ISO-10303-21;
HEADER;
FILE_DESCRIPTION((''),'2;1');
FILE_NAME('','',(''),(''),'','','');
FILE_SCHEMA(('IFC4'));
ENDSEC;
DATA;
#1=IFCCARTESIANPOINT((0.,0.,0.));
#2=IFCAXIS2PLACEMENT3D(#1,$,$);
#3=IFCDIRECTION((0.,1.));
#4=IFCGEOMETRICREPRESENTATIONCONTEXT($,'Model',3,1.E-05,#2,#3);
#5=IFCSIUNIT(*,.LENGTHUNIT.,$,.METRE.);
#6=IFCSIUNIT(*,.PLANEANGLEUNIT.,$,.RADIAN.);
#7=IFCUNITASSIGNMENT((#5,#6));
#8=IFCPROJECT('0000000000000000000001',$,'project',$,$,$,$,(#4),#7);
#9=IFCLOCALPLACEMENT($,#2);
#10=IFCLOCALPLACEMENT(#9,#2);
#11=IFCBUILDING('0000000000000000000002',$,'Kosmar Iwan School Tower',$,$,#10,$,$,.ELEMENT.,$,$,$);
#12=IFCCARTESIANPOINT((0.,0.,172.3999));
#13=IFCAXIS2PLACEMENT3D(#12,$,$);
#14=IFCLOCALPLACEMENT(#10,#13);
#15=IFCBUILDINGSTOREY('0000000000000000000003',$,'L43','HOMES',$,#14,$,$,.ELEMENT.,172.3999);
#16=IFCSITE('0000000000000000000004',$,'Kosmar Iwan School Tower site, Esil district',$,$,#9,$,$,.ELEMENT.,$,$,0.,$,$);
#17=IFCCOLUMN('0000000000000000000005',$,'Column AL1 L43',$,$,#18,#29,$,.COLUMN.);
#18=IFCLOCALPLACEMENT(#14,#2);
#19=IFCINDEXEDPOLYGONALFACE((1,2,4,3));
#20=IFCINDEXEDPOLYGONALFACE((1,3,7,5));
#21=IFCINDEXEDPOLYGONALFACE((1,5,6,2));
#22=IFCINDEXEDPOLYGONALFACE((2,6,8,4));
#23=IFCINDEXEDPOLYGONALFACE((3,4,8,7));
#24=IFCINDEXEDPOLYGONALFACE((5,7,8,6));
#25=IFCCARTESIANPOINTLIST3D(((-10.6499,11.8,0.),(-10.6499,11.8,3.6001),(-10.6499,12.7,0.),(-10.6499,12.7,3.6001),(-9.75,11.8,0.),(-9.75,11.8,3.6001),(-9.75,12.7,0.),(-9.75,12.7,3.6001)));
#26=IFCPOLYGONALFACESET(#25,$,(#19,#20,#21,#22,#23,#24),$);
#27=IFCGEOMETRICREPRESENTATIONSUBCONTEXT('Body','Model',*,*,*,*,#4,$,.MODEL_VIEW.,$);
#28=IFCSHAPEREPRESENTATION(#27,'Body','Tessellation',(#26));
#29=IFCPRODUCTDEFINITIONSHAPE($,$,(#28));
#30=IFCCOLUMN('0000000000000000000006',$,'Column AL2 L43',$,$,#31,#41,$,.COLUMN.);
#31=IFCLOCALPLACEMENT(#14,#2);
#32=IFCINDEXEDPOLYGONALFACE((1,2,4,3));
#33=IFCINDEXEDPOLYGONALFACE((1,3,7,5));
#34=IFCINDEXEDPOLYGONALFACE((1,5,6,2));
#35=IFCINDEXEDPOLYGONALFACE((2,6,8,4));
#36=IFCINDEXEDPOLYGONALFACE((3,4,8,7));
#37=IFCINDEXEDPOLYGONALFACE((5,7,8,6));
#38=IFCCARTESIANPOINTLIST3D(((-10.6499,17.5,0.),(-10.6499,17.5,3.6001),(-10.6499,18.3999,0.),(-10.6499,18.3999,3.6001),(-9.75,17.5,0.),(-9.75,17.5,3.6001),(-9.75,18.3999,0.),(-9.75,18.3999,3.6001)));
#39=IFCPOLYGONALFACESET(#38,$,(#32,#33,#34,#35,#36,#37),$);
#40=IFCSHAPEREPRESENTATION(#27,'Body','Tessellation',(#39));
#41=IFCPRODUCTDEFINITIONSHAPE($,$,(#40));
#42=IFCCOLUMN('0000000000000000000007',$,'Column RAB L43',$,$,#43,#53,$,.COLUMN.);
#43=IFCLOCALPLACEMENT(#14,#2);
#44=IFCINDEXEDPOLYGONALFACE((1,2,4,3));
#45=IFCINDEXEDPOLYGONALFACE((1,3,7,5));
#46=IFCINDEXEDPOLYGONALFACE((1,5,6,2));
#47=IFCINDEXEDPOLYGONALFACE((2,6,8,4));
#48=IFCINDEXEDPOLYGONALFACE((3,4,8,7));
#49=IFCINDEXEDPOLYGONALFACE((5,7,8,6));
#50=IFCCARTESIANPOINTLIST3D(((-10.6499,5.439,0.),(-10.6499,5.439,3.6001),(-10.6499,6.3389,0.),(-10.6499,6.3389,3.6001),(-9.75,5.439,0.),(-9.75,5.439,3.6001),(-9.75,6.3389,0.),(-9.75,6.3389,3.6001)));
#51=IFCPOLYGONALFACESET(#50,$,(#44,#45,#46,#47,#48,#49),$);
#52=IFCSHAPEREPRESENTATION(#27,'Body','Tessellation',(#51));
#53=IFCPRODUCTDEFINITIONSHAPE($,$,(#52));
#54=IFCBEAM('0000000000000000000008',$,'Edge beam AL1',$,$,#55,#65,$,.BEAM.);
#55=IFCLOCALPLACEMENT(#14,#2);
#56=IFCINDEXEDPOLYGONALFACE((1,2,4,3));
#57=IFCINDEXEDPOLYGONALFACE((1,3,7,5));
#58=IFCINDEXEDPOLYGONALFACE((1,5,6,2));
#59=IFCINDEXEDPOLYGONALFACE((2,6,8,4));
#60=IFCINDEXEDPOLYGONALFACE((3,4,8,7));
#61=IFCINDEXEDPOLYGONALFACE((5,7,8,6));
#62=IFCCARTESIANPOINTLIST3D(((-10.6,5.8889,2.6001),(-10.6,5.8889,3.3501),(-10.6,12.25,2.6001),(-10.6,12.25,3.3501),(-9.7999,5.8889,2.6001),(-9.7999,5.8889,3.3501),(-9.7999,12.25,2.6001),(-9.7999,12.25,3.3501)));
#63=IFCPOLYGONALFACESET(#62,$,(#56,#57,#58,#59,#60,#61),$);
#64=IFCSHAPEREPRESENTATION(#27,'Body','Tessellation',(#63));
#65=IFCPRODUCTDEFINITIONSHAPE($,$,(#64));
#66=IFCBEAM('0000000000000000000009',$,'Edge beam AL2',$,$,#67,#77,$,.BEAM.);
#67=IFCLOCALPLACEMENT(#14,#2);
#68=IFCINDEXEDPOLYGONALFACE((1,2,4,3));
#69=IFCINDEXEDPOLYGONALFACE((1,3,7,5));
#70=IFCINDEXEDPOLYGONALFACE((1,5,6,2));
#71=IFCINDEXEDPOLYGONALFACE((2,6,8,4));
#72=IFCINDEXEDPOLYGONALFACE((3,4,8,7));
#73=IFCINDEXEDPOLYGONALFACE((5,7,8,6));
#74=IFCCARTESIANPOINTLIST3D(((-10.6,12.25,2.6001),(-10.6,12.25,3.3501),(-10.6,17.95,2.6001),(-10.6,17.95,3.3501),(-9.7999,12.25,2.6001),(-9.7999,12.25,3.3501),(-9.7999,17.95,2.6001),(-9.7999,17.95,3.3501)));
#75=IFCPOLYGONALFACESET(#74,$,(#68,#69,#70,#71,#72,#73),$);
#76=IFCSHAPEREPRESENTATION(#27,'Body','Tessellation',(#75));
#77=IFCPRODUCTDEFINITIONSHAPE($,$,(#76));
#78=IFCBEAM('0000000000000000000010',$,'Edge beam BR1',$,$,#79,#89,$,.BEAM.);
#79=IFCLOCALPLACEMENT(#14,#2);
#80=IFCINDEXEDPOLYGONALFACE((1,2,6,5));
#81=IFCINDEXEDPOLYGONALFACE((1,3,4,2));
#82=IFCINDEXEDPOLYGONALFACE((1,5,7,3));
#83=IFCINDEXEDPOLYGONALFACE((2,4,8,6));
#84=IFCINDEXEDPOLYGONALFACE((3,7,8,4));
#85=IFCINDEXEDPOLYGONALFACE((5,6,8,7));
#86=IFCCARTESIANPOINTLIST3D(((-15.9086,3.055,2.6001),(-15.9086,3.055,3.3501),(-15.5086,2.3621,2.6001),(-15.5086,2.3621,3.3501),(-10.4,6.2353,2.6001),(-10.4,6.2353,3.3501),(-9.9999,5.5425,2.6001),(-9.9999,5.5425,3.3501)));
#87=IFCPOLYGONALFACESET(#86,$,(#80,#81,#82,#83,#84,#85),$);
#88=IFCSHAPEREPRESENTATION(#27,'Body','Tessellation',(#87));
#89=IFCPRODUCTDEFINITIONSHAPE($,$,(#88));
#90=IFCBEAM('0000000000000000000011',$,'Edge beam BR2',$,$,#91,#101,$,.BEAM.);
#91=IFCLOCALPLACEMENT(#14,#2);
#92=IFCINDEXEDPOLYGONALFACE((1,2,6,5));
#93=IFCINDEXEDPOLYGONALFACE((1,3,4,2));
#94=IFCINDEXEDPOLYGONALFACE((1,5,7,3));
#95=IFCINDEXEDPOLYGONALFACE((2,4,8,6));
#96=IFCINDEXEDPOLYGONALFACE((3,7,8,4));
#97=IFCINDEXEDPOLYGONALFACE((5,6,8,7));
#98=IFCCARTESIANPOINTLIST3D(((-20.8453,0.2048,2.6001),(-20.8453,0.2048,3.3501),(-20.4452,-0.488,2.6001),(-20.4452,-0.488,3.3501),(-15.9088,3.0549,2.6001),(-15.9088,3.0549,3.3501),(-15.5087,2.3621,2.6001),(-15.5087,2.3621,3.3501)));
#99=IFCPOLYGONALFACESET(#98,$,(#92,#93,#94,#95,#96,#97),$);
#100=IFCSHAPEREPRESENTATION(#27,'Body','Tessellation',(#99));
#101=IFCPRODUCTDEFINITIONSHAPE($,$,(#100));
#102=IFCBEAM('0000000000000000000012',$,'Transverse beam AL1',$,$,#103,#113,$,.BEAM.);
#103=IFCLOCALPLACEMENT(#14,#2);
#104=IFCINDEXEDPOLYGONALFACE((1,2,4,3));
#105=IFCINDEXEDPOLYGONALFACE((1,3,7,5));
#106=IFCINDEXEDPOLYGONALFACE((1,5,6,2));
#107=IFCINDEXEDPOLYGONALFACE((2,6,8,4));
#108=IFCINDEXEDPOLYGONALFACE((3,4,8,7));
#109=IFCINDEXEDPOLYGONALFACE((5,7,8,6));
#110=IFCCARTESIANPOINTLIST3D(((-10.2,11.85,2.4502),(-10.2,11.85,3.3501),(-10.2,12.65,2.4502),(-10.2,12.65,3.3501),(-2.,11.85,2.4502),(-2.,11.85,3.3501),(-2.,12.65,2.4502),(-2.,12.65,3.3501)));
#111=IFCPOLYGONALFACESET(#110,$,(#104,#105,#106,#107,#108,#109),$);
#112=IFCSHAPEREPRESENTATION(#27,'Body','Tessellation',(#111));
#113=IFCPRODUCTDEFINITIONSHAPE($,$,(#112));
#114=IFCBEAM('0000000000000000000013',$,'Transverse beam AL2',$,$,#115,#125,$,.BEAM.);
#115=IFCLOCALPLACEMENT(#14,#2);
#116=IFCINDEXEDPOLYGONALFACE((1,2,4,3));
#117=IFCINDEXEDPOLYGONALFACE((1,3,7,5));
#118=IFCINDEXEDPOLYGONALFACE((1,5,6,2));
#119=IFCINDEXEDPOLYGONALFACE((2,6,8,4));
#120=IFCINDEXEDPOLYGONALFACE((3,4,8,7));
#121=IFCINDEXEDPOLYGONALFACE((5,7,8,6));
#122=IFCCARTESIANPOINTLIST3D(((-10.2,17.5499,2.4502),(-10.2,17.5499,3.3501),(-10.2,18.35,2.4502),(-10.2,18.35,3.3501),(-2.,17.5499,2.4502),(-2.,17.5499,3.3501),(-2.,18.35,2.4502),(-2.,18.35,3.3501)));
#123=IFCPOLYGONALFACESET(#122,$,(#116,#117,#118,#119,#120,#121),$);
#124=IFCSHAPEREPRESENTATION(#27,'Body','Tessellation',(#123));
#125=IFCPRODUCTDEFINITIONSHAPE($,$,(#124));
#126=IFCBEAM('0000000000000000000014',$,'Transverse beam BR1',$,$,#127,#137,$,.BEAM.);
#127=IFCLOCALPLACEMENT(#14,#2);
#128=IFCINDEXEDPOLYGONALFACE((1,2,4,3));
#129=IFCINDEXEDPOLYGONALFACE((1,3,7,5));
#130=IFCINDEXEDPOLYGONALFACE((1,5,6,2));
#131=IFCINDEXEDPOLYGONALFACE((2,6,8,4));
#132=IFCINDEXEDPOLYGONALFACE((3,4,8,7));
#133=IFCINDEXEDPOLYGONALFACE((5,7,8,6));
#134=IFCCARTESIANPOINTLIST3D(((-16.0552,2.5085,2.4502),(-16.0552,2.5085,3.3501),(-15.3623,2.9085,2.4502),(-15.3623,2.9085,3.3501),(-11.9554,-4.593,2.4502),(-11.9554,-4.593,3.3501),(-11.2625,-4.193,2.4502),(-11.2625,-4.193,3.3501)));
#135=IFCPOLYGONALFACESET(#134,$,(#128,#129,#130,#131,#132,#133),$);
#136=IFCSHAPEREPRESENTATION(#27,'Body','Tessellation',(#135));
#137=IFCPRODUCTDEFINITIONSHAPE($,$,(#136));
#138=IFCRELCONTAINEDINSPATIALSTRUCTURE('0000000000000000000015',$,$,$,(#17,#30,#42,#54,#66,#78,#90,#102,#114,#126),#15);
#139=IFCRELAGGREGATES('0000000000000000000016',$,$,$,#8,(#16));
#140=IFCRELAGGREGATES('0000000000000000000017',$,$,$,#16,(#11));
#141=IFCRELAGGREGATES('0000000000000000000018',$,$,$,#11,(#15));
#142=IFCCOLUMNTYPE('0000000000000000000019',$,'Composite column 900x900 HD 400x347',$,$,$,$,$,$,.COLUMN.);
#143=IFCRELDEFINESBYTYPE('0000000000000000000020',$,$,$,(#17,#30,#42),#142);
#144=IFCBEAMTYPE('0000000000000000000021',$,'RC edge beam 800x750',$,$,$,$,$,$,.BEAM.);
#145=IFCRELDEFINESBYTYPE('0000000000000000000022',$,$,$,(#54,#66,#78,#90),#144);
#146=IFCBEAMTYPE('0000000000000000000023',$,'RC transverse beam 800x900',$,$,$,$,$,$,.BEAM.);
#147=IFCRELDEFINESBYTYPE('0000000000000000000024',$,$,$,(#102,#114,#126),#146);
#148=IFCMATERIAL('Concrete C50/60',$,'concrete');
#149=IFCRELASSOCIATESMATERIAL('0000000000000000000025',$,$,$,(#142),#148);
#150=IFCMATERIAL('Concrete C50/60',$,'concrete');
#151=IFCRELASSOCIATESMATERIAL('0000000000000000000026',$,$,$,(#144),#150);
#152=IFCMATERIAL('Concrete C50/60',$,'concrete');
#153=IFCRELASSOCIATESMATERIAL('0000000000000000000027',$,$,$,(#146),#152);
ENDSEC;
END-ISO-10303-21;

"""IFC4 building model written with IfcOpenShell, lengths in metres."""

from ifc_helpers import new_model, si_unit, direction, frame, origin, origin_2d, place, context, subcontext, project, spatial, rectangle, extrude, material, material_profile, profile_set, type_object, element, save


model = new_model("IFC4")

# Units and contexts
model_context = context("Model", 3, precision=1e-05, world=origin(), true_north=direction((0.0, 1.0)))
body_context = subcontext(model_context, "Body", "Model", "MODEL_VIEW")
ifc_project = project(units=[si_unit("LENGTHUNIT", "METRE"), si_unit("PLANEANGLEUNIT", "RADIAN")], contexts=[model_context])

# Site, building, storey
site_placement = place(None, origin())
site = spatial("IfcSite", under=ifc_project, at=site_placement, Name="Kosmar Iwan School Tower site, Esil district", CompositionType="ELEMENT", RefElevation=0.0)
building_placement = place(site_placement, origin())
building = spatial("IfcBuilding", under=site, at=building_placement, Name="Kosmar Iwan School Tower", CompositionType="ELEMENT")
storey_placement = place(building_placement, frame((0.0, 0.0, 172.3999)))
storey = spatial("IfcBuildingStorey", under=building, at=storey_placement, Name="L43", Description="HOMES", CompositionType="ELEMENT", Elevation=172.3999)

# Columns
ifc_material_1 = material(Name="Concrete C50/60", Category="concrete")
ifc_material_profile_1 = material_profile(ifc_material_1, rectangle(XDim=0.8999, YDim=0.8999, at=origin_2d()), Name="RC 900x900 + HD 400x347")
ifc_profile_set_1 = profile_set([ifc_material_profile_1], Name="Concrete C50/60")
column_type = type_object("IfcColumnType", Name="Composite column 900x900 HD 400x347", PredefinedType="COLUMN", material=ifc_profile_set_1)
for number, where, z_axis, x_axis, name in (
    (1, (-10.2, 12.25, 0.0), (0.0, 0.0, 1.0), (0.0, 1.0, 0.0), "Column AL1 L43"),
    (2, (-10.2, 17.95, 0.0), (0.0, 0.0, 1.0), (0.0, 1.0, 0.0), "Column AL2 L43"),
    (3, (-10.2, 5.8889, 0.0), (0.0, 0.0, 1.0), (1.0, 0.0, 0.0), "Column RAB L43"),
):
    element("IfcColumn", number, at=place(storey_placement, frame(where, z_axis=z_axis, x_axis=x_axis)), inside=storey, type_object=column_type, Name=name, PredefinedType="COLUMN", context=body_context, shape_type="SweptSolid", body=[
        extrude(rectangle(XDim=0.8999, YDim=0.8999, at=origin_2d()), origin(), (0.0, 0.0, 1.0), 3.6001),
    ])

# Beams
ifc_material_2 = material(Name="Concrete C50/60", Category="concrete")
ifc_material_profile_2 = material_profile(ifc_material_2, rectangle(XDim=0.8, YDim=0.75, at=origin_2d()), Name="RC 800x750")
ifc_profile_set_2 = profile_set([ifc_material_profile_2], Name="Concrete C50/60")
beam_type_1 = type_object("IfcBeamType", Name="RC edge beam 800x750", PredefinedType="BEAM", material=ifc_profile_set_2)
beam_1_placement = place(storey_placement, frame((-10.2, 5.8889, 2.9751), z_axis=(0.0, 1.0, 0.0), x_axis=(-1.0, 0.0, 0.0)))
element("IfcBeam", 4, at=beam_1_placement, inside=storey, type_object=beam_type_1, Name="Edge beam AL1", PredefinedType="BEAM", context=body_context, shape_type="SweptSolid", body=[
    extrude(rectangle(XDim=0.8, YDim=0.75, at=origin_2d()), origin(), (0.0, 0.0, 1.0), 6.3611),
])
beam_2_placement = place(storey_placement, frame((-10.2, 12.25, 2.9751), z_axis=(0.0, 1.0, 0.0), x_axis=(-1.0, 0.0, 0.0)))
element("IfcBeam", 5, at=beam_2_placement, inside=storey, type_object=beam_type_1, Name="Edge beam AL2", PredefinedType="BEAM", context=body_context, shape_type="SweptSolid", body=[
    extrude(rectangle(XDim=0.8, YDim=0.75, at=origin_2d()), origin(), (0.0, 0.0, 1.0), 5.7),
])
beam_3_placement = place(storey_placement, frame((-10.2, 5.8889, 2.9751), z_axis=(-0.866031, -0.49999, 0.0), x_axis=(0.49999, -0.866031, 0.0)))
element("IfcBeam", 6, at=beam_3_placement, inside=storey, type_object=beam_type_1, Name="Edge beam BR1", PredefinedType="BEAM", context=body_context, shape_type="SweptSolid", body=[
    extrude(rectangle(XDim=0.8, YDim=0.75, at=origin_2d()), origin(), (0.0, 0.0, 1.0), 6.3608),
])
beam_4_placement = place(storey_placement, frame((-15.7087, 2.7085, 2.9751), z_axis=(-0.866026, -0.499999, 0.0), x_axis=(0.499999, -0.866026, 0.0)))
element("IfcBeam", 7, at=beam_4_placement, inside=storey, type_object=beam_type_1, Name="Edge beam BR2", PredefinedType="BEAM", context=body_context, shape_type="SweptSolid", body=[
    extrude(rectangle(XDim=0.8, YDim=0.75, at=origin_2d()), origin(), (0.0, 0.0, 1.0), 5.7002),
])
ifc_material_3 = material(Name="Concrete C50/60", Category="concrete")
ifc_material_profile_3 = material_profile(ifc_material_3, rectangle(XDim=0.8, YDim=0.8999, at=origin_2d()), Name="RC 800x900")
ifc_profile_set_3 = profile_set([ifc_material_profile_3], Name="Concrete C50/60")
beam_type_2 = type_object("IfcBeamType", Name="RC transverse beam 800x900", PredefinedType="BEAM", material=ifc_profile_set_3)
for number, where, z_axis, x_axis, name in (
    (8, (-10.2, 12.25, 2.9001), (1.0, 0.0, 0.0), (0.0, 1.0, 0.0), "Transverse beam AL1"),
    (9, (-10.2, 17.95, 2.9001), (1.0, 0.0, 0.0), (0.0, 1.0, 0.0), "Transverse beam AL2"),
    (10, (-15.7087, 2.7085, 2.9001), (0.499978, -0.866038, 0.0), (0.866038, 0.499978, 0.0), "Transverse beam BR1"),
):
    element("IfcBeam", number, at=place(storey_placement, frame(where, z_axis=z_axis, x_axis=x_axis)), inside=storey, type_object=beam_type_2, Name=name, PredefinedType="BEAM", context=body_context, shape_type="SweptSolid", body=[
        extrude(rectangle(XDim=0.8, YDim=0.8999, at=origin_2d()), origin(), (0.0, 0.0, 1.0), 8.2),
    ])

save(model, "model.ifc")
